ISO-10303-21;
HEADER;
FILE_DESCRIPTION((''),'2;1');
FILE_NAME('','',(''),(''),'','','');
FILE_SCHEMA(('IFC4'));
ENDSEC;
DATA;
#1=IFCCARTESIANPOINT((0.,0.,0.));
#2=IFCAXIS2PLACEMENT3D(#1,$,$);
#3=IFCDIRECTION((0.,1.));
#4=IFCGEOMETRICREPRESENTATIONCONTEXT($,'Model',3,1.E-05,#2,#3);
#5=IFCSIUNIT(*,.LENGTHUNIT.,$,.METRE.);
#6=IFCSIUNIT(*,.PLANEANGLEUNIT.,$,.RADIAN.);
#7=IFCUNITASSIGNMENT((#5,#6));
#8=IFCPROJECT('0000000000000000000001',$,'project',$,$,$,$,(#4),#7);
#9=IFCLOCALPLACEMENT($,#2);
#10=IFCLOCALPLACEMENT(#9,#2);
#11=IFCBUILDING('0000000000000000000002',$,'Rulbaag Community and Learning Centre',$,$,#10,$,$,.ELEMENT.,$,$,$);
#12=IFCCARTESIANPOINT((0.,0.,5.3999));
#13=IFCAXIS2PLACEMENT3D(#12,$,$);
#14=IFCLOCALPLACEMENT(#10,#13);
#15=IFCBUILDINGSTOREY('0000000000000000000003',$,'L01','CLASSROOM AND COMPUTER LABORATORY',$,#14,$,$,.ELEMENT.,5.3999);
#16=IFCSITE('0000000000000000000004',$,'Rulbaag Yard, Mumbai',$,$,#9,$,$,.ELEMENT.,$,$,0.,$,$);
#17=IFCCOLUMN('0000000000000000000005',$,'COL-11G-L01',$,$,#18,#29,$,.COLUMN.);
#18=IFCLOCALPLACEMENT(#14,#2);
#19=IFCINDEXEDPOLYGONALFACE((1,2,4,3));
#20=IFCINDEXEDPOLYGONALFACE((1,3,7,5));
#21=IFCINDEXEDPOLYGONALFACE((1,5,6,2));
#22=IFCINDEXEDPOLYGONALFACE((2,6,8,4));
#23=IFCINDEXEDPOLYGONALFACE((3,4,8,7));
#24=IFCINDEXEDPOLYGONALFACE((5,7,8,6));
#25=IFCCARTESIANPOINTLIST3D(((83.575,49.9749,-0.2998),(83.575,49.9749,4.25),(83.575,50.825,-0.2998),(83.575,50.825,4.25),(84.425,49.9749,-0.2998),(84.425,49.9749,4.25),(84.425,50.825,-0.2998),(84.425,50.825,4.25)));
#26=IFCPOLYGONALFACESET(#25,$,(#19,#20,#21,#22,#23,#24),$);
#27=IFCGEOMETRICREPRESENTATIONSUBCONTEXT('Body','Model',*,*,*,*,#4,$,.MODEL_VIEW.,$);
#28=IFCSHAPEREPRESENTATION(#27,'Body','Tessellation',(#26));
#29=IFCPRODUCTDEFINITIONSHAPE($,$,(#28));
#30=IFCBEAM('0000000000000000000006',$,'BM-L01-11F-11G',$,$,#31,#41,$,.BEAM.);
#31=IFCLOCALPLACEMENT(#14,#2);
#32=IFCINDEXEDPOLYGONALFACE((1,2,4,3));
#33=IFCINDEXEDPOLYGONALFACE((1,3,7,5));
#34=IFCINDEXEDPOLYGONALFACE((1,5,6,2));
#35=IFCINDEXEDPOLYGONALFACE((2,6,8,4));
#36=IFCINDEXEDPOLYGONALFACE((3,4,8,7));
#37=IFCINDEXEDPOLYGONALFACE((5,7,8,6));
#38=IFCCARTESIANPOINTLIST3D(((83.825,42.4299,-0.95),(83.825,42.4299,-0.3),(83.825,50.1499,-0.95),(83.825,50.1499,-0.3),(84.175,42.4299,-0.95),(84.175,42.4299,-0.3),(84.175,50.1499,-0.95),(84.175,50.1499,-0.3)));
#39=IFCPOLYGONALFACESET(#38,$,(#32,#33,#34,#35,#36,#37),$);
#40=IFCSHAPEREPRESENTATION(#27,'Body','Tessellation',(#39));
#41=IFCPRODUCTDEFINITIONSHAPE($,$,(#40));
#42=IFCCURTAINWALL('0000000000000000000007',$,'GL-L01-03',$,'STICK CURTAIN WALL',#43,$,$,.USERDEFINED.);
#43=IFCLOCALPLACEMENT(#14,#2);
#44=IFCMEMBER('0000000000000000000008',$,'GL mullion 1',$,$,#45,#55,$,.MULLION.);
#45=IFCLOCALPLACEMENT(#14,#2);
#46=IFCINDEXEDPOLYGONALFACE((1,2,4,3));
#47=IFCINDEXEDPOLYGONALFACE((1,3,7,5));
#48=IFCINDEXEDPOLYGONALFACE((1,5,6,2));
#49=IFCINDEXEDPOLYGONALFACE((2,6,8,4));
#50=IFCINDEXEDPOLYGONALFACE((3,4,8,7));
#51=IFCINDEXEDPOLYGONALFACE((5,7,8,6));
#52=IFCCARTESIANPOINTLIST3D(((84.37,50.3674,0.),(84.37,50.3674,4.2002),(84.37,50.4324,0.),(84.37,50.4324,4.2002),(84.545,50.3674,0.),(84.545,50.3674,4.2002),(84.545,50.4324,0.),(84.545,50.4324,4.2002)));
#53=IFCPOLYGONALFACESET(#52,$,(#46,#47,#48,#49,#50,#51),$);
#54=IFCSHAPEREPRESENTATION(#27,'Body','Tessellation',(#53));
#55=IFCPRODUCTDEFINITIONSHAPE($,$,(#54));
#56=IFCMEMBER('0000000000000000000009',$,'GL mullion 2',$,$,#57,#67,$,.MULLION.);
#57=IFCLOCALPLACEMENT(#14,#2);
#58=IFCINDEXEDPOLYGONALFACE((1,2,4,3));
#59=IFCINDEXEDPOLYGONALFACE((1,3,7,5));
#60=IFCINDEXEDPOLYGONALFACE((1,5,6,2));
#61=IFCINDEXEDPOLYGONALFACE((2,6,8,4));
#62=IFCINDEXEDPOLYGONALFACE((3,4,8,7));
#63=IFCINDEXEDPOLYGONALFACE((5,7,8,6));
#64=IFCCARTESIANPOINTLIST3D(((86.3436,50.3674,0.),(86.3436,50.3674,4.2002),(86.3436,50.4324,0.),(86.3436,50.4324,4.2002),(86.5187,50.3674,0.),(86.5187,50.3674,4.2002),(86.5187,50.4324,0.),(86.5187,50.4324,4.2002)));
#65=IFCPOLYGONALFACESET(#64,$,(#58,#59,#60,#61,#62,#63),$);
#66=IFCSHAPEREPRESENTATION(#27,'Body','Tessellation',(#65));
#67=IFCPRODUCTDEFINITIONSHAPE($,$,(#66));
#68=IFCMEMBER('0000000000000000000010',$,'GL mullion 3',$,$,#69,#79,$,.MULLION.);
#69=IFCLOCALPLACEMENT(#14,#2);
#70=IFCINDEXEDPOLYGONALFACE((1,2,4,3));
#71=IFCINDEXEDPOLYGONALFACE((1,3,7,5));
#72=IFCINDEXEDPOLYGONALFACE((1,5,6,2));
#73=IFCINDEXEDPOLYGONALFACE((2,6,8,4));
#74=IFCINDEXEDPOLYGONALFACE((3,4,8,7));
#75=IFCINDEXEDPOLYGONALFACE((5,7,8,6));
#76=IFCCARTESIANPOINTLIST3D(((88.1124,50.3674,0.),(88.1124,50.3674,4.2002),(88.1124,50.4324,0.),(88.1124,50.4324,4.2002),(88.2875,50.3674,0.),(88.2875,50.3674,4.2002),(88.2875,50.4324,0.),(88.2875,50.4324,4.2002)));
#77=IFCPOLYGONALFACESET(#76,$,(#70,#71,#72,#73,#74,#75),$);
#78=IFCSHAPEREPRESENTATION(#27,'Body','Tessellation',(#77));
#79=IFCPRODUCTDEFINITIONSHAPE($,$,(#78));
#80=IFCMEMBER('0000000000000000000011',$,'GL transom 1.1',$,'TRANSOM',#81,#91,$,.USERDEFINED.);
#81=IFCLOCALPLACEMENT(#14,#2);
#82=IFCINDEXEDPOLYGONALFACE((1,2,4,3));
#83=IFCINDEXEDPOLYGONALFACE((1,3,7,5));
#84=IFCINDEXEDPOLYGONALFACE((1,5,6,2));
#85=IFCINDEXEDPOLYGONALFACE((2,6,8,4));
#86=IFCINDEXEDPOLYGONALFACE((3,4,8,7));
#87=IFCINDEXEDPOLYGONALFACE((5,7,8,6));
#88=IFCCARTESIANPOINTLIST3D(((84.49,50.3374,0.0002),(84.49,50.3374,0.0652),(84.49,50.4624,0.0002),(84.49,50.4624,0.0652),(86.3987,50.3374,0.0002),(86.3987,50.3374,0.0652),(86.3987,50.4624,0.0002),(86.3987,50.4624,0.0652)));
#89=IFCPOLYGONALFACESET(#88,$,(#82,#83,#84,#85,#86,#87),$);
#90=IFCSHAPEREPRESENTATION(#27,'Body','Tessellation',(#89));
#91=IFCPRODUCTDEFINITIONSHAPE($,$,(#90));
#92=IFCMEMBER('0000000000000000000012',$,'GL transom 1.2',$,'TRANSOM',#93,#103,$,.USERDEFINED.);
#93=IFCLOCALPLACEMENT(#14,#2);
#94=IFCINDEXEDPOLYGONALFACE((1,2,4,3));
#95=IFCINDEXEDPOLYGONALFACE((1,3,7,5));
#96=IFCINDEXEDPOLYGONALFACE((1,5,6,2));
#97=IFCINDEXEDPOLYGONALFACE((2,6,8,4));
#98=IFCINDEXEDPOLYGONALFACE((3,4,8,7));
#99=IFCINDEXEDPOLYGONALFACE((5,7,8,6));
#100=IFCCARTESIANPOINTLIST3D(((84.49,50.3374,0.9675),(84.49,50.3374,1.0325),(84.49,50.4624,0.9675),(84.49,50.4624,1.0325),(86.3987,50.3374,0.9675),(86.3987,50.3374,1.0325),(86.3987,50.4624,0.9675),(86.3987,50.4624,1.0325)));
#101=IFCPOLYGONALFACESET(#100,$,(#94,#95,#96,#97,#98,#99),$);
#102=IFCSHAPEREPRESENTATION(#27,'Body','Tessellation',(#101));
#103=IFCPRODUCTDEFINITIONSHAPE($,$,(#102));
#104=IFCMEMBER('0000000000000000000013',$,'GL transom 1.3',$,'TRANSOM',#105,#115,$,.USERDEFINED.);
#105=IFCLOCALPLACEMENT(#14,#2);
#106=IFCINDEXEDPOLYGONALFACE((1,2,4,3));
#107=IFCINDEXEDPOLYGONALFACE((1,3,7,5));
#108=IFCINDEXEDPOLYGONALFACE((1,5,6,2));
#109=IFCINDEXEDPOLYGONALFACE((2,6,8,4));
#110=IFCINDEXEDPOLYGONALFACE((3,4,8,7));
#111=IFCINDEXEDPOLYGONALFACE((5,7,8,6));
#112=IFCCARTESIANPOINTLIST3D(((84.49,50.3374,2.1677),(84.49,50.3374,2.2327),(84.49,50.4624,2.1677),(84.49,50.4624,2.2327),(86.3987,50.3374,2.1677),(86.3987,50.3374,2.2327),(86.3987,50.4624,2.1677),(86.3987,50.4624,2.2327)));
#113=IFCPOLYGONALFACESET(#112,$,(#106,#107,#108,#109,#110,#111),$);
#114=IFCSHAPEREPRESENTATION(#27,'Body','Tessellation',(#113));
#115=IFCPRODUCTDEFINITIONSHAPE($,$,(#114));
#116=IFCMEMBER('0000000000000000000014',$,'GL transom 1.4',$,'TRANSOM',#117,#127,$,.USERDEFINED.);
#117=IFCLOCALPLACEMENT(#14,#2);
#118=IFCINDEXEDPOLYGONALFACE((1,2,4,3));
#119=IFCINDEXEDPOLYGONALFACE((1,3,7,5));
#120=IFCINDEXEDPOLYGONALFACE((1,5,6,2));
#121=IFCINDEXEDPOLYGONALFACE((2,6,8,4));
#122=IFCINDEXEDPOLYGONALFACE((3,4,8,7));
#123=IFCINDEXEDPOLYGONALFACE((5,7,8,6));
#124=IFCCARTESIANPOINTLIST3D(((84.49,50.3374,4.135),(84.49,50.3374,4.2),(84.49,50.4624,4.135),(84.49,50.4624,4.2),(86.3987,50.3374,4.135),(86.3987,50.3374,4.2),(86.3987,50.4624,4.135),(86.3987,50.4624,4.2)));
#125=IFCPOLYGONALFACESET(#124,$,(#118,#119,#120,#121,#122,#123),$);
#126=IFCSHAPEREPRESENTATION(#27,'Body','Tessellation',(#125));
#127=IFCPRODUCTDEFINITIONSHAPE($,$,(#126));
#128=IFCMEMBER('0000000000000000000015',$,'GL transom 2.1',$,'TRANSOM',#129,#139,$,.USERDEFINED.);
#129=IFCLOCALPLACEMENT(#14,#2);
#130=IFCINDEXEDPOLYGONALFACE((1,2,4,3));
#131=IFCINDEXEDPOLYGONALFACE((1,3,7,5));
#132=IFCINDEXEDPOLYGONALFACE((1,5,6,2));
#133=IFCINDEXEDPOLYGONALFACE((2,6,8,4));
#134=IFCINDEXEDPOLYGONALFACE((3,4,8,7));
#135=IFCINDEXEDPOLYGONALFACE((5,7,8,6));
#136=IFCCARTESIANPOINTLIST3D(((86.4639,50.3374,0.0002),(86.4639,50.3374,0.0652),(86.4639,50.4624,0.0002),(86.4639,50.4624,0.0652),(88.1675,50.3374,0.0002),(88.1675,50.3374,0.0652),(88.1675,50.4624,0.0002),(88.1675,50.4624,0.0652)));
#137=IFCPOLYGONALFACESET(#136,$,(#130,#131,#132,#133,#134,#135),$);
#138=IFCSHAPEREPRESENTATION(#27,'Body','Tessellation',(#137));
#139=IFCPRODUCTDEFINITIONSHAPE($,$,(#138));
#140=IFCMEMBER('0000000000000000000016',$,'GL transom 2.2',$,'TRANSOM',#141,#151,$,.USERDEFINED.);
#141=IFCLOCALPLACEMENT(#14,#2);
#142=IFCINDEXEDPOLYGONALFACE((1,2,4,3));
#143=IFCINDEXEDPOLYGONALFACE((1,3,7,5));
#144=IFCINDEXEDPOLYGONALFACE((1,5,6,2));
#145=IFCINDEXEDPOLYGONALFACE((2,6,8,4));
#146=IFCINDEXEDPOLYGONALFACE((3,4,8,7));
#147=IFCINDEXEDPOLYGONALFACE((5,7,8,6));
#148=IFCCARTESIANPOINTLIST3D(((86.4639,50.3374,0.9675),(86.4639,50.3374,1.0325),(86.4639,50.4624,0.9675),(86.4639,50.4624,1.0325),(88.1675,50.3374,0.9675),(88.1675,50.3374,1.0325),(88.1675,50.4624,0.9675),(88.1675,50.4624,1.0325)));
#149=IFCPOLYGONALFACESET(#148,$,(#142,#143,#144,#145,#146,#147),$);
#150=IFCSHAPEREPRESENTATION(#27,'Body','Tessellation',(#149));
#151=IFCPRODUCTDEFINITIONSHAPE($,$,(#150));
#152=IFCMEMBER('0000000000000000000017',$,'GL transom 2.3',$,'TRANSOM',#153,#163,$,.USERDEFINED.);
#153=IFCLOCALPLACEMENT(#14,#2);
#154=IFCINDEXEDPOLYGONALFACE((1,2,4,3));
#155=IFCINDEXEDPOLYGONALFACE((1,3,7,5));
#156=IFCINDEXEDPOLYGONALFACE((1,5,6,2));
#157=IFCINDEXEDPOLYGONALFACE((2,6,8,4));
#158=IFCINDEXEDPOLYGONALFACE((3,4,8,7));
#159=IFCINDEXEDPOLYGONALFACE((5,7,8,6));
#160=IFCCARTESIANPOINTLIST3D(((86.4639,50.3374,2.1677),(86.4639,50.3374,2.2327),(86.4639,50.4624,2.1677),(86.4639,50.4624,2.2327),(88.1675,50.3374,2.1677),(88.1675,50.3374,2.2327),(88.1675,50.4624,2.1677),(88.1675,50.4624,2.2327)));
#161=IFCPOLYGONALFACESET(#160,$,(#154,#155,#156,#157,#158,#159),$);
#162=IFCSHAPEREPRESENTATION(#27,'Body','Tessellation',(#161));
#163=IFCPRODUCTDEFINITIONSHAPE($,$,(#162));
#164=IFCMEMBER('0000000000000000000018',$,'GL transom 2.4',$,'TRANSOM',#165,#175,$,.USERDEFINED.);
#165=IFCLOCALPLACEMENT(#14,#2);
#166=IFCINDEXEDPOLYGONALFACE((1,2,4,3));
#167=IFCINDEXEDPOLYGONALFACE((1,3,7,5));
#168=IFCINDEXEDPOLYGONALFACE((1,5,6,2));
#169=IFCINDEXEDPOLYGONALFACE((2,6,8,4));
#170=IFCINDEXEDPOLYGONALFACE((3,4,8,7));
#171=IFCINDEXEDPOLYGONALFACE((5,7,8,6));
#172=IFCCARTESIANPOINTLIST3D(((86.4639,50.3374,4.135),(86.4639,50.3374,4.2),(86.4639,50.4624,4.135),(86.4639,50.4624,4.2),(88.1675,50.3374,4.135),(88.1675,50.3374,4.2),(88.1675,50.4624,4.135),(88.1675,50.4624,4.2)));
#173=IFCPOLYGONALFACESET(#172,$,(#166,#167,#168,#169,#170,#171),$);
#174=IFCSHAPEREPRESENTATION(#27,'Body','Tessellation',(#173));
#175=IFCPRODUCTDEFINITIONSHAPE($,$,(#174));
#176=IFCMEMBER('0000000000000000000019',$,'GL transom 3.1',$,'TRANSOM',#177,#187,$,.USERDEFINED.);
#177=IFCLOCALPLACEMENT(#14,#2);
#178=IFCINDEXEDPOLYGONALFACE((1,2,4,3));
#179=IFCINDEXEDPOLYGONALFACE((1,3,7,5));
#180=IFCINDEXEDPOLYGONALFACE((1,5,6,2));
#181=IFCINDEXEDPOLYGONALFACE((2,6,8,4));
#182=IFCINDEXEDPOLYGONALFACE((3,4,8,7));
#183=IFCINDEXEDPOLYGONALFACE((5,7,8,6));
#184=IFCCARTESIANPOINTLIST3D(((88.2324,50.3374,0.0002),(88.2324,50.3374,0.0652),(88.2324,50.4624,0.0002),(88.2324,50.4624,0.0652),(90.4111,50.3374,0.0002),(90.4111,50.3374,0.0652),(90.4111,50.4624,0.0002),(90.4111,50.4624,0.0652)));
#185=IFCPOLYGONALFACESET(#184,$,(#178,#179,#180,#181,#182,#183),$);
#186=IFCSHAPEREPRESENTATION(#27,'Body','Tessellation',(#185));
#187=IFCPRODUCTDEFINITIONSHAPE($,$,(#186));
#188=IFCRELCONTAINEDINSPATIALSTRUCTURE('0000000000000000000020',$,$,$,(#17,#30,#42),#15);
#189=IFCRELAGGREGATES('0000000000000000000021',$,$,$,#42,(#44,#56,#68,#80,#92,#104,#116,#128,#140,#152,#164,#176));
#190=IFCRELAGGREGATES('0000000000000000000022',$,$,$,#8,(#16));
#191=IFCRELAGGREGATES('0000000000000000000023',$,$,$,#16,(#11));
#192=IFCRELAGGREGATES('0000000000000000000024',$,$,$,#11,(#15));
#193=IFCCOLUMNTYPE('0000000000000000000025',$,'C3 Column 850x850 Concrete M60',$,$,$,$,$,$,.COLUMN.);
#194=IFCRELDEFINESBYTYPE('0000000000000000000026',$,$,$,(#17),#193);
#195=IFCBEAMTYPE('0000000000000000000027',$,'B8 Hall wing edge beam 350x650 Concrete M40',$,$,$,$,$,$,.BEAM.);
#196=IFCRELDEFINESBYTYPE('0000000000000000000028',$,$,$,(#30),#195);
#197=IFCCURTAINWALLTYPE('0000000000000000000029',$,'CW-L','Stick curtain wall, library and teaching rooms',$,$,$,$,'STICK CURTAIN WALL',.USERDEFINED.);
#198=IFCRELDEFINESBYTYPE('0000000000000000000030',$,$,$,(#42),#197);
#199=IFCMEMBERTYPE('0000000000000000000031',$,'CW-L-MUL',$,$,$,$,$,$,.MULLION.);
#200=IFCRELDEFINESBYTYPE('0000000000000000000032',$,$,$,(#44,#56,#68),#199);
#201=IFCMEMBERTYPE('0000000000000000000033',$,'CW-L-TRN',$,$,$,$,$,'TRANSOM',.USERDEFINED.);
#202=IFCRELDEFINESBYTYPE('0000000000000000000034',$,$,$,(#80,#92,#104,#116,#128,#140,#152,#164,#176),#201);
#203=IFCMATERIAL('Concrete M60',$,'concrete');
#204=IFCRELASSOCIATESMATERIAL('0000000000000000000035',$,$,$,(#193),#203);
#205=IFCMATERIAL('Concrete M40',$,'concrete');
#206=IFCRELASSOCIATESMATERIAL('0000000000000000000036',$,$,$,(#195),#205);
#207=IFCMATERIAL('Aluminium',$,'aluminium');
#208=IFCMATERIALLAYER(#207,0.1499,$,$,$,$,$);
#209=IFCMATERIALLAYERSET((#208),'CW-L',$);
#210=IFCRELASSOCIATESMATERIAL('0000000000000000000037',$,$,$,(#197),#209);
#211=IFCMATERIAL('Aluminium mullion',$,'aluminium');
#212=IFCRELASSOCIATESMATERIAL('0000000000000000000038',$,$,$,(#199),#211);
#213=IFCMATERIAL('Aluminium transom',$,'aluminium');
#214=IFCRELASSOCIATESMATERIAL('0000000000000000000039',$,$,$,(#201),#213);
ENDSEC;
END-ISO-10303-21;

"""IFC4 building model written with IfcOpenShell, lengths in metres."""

from ifc_helpers import new_model, si_unit, direction, frame, origin, origin_2d, place, context, subcontext, project, spatial, rectangle, extrude, material, layer, layer_set, material_profile, profile_set, type_object, element, aggregate, save


model = new_model("IFC4")

# Units and contexts
model_context = context("Model", 3, precision=1e-05, world=origin(), true_north=direction((0.0, 1.0)))
body_context = subcontext(model_context, "Body", "Model", "MODEL_VIEW")
ifc_project = project(units=[si_unit("LENGTHUNIT", "METRE"), si_unit("PLANEANGLEUNIT", "RADIAN")], contexts=[model_context])

# Site, building, storey
site_placement = place(None, origin())
site = spatial("IfcSite", under=ifc_project, at=site_placement, Name="Rulbaag Yard, Mumbai", CompositionType="ELEMENT", RefElevation=0.0)
building_placement = place(site_placement, origin())
building = spatial("IfcBuilding", under=site, at=building_placement, Name="Rulbaag Community and Learning Centre", CompositionType="ELEMENT")
storey_placement = place(building_placement, frame((0.0, 0.0, 5.3999)))
storey = spatial("IfcBuildingStorey", under=building, at=storey_placement, Name="L01", Description="CLASSROOM AND COMPUTER LABORATORY", CompositionType="ELEMENT", Elevation=5.3999)

# Column
ifc_material_1 = material(Name="Concrete M60", Category="concrete")
ifc_material_profile_1 = material_profile(ifc_material_1, rectangle(XDim=0.8501, YDim=0.8501, at=origin_2d()), Name="RC850x850")
ifc_profile_set_1 = profile_set([ifc_material_profile_1], Name="Concrete M60")
column_type = type_object("IfcColumnType", Name="C3 Column 850x850 Concrete M60", PredefinedType="COLUMN", material=ifc_profile_set_1)
column_placement = place(storey_placement, frame((84.0, 50.3999, -0.2998), z_axis=(0.0, 0.0, 1.0), x_axis=(1.0, 0.0, 0.0)))
element("IfcColumn", 1, at=column_placement, inside=storey, type_object=column_type, Name="COL-11G-L01", PredefinedType="COLUMN", context=body_context, shape_type="SweptSolid", body=[
    extrude(rectangle(XDim=0.8501, YDim=0.8501, at=origin_2d()), origin(), (0.0, 0.0, 1.0), 4.5498),
])

# Beam
ifc_material_2 = material(Name="Concrete M40", Category="concrete")
ifc_material_profile_2 = material_profile(ifc_material_2, rectangle(XDim=0.3501, YDim=0.6499, at=origin_2d()), Name="RB350x650")
ifc_profile_set_2 = profile_set([ifc_material_profile_2], Name="Concrete M40")
beam_type = type_object("IfcBeamType", Name="B8 Hall wing edge beam 350x650 Concrete M40", PredefinedType="BEAM", material=ifc_profile_set_2)
beam_placement = place(storey_placement, frame((84.0, 42.4299, -0.625), z_axis=(0.0, 1.0, 0.0), x_axis=(-1.0, 0.0, 0.0)))
element("IfcBeam", 2, at=beam_placement, inside=storey, type_object=beam_type, Name="BM-L01-11F-11G", PredefinedType="BEAM", context=body_context, shape_type="SweptSolid", body=[
    extrude(rectangle(XDim=0.3501, YDim=0.6499, at=origin_2d()), origin(), (0.0, 0.0, 1.0), 7.72),
])

# Curtain wall, members
ifc_material_3 = material(Name="Aluminium", Category="aluminium")
ifc_layer_1 = layer(ifc_material_3, 0.1499)
ifc_layer_set_1 = layer_set([ifc_layer_1], Name="CW-L")
curtain_wall_type = type_object("IfcCurtainWallType", Name="CW-L", Description="Stick curtain wall, library and teaching rooms", ElementType="STICK CURTAIN WALL", PredefinedType="USERDEFINED", material=ifc_layer_set_1)
curtain_wall_placement = place(storey_placement, origin())
curtain_wall = element("IfcCurtainWall", 3, at=curtain_wall_placement, inside=storey, type_object=curtain_wall_type, Name="GL-L01-03", ObjectType="STICK CURTAIN WALL", PredefinedType="USERDEFINED")
ifc_material_4 = material(Name="Aluminium mullion", Category="aluminium")
ifc_material_profile_3 = material_profile(ifc_material_4, rectangle(XDim=0.0649, YDim=0.175, at=origin_2d()), Name="AL 65x175")
ifc_profile_set_3 = profile_set([ifc_material_profile_3], Name="Aluminium mullion")
member_type_1 = type_object("IfcMemberType", Name="CW-L-MUL", PredefinedType="MULLION", material=ifc_profile_set_3)
member_1_placement = place(storey_placement, frame((84.4575, 50.3999, 0.0), z_axis=(0.0, 0.0, 1.0), x_axis=(0.0, 1.0, 0.0)))
member_1 = element("IfcMember", 4, at=member_1_placement, type_object=member_type_1, Name="GL mullion 1", PredefinedType="MULLION", context=body_context, shape_type="SweptSolid", body=[
    extrude(rectangle(XDim=0.0649, YDim=0.175, at=origin_2d()), origin(), (0.0, 0.0, 1.0), 4.2002),
])
member_2_placement = place(storey_placement, frame((86.4312, 50.3999, 0.0), z_axis=(0.0, 0.0, 1.0), x_axis=(0.0, 1.0, 0.0)))
member_2 = element("IfcMember", 5, at=member_2_placement, type_object=member_type_1, Name="GL mullion 2", PredefinedType="MULLION", context=body_context, shape_type="SweptSolid", body=[
    extrude(rectangle(XDim=0.0649, YDim=0.175, at=origin_2d()), origin(), (0.0, 0.0, 1.0), 4.2002),
])
member_3_placement = place(storey_placement, frame((88.2, 50.3999, 0.0), z_axis=(0.0, 0.0, 1.0), x_axis=(0.0, 1.0, 0.0)))
member_3 = element("IfcMember", 6, at=member_3_placement, type_object=member_type_1, Name="GL mullion 3", PredefinedType="MULLION", context=body_context, shape_type="SweptSolid", body=[
    extrude(rectangle(XDim=0.0649, YDim=0.175, at=origin_2d()), origin(), (0.0, 0.0, 1.0), 4.2002),
])
ifc_material_5 = material(Name="Aluminium transom", Category="aluminium")
ifc_material_profile_4 = material_profile(ifc_material_5, rectangle(XDim=0.125, YDim=0.0649, at=origin_2d()), Name="AL 65x125 T")
ifc_profile_set_4 = profile_set([ifc_material_profile_4], Name="Aluminium transom")
member_type_2 = type_object("IfcMemberType", Name="CW-L-TRN", ElementType="TRANSOM", PredefinedType="USERDEFINED", material=ifc_profile_set_4)
member_4_placement = place(storey_placement, frame((84.49, 50.3999, 0.0327), z_axis=(1.0, 0.0, 0.0), x_axis=(0.0, 1.0, 0.0)))
member_4 = element("IfcMember", 7, at=member_4_placement, type_object=member_type_2, Name="GL transom 1.1", ObjectType="TRANSOM", PredefinedType="USERDEFINED", context=body_context, shape_type="SweptSolid", body=[
    extrude(rectangle(XDim=0.125, YDim=0.0649, at=origin_2d()), origin(), (0.0, 0.0, 1.0), 1.9087),
])
member_5_placement = place(storey_placement, frame((84.49, 50.3999, 1.0), z_axis=(1.0, 0.0, 0.0), x_axis=(0.0, 1.0, 0.0)))
member_5 = element("IfcMember", 8, at=member_5_placement, type_object=member_type_2, Name="GL transom 1.2", ObjectType="TRANSOM", PredefinedType="USERDEFINED", context=body_context, shape_type="SweptSolid", body=[
    extrude(rectangle(XDim=0.125, YDim=0.0649, at=origin_2d()), origin(), (0.0, 0.0, 1.0), 1.9087),
])
member_6_placement = place(storey_placement, frame((84.49, 50.3999, 2.2002), z_axis=(1.0, 0.0, 0.0), x_axis=(0.0, 1.0, 0.0)))
member_6 = element("IfcMember", 9, at=member_6_placement, type_object=member_type_2, Name="GL transom 1.3", ObjectType="TRANSOM", PredefinedType="USERDEFINED", context=body_context, shape_type="SweptSolid", body=[
    extrude(rectangle(XDim=0.125, YDim=0.0649, at=origin_2d()), origin(), (0.0, 0.0, 1.0), 1.9087),
])
member_7_placement = place(storey_placement, frame((84.49, 50.3999, 4.1675), z_axis=(1.0, 0.0, 0.0), x_axis=(0.0, 1.0, 0.0)))
member_7 = element("IfcMember", 10, at=member_7_placement, type_object=member_type_2, Name="GL transom 1.4", ObjectType="TRANSOM", PredefinedType="USERDEFINED", context=body_context, shape_type="SweptSolid", body=[
    extrude(rectangle(XDim=0.125, YDim=0.0649, at=origin_2d()), origin(), (0.0, 0.0, 1.0), 1.9087),
])
member_8_placement = place(storey_placement, frame((86.4639, 50.3999, 0.0327), z_axis=(1.0, 0.0, 0.0), x_axis=(0.0, 1.0, 0.0)))
member_8 = element("IfcMember", 11, at=member_8_placement, type_object=member_type_2, Name="GL transom 2.1", ObjectType="TRANSOM", PredefinedType="USERDEFINED", context=body_context, shape_type="SweptSolid", body=[
    extrude(rectangle(XDim=0.125, YDim=0.0649, at=origin_2d()), origin(), (0.0, 0.0, 1.0), 1.7036),
])
member_9_placement = place(storey_placement, frame((86.4639, 50.3999, 1.0), z_axis=(1.0, 0.0, 0.0), x_axis=(0.0, 1.0, 0.0)))
member_9 = element("IfcMember", 12, at=member_9_placement, type_object=member_type_2, Name="GL transom 2.2", ObjectType="TRANSOM", PredefinedType="USERDEFINED", context=body_context, shape_type="SweptSolid", body=[
    extrude(rectangle(XDim=0.125, YDim=0.0649, at=origin_2d()), origin(), (0.0, 0.0, 1.0), 1.7036),
])
member_10_placement = place(storey_placement, frame((86.4639, 50.3999, 2.2002), z_axis=(1.0, 0.0, 0.0), x_axis=(0.0, 1.0, 0.0)))
member_10 = element("IfcMember", 13, at=member_10_placement, type_object=member_type_2, Name="GL transom 2.3", ObjectType="TRANSOM", PredefinedType="USERDEFINED", context=body_context, shape_type="SweptSolid", body=[
    extrude(rectangle(XDim=0.125, YDim=0.0649, at=origin_2d()), origin(), (0.0, 0.0, 1.0), 1.7036),
])
member_11_placement = place(storey_placement, frame((86.4639, 50.3999, 4.1675), z_axis=(1.0, 0.0, 0.0), x_axis=(0.0, 1.0, 0.0)))
member_11 = element("IfcMember", 14, at=member_11_placement, type_object=member_type_2, Name="GL transom 2.4", ObjectType="TRANSOM", PredefinedType="USERDEFINED", context=body_context, shape_type="SweptSolid", body=[
    extrude(rectangle(XDim=0.125, YDim=0.0649, at=origin_2d()), origin(), (0.0, 0.0, 1.0), 1.7036),
])
member_12_placement = place(storey_placement, frame((88.2324, 50.3999, 0.0327), z_axis=(1.0, 0.0, 0.0), x_axis=(0.0, 1.0, 0.0)))
member_12 = element("IfcMember", 15, at=member_12_placement, type_object=member_type_2, Name="GL transom 3.1", ObjectType="TRANSOM", PredefinedType="USERDEFINED", context=body_context, shape_type="SweptSolid", body=[
    extrude(rectangle(XDim=0.125, YDim=0.0649, at=origin_2d()), origin(), (0.0, 0.0, 1.0), 2.1787),
])
aggregate(curtain_wall, [member_1, member_2, member_3, member_4, member_5, member_6, member_7, member_8, member_9, member_10, member_11, member_12])

save(model, "model.ifc")
